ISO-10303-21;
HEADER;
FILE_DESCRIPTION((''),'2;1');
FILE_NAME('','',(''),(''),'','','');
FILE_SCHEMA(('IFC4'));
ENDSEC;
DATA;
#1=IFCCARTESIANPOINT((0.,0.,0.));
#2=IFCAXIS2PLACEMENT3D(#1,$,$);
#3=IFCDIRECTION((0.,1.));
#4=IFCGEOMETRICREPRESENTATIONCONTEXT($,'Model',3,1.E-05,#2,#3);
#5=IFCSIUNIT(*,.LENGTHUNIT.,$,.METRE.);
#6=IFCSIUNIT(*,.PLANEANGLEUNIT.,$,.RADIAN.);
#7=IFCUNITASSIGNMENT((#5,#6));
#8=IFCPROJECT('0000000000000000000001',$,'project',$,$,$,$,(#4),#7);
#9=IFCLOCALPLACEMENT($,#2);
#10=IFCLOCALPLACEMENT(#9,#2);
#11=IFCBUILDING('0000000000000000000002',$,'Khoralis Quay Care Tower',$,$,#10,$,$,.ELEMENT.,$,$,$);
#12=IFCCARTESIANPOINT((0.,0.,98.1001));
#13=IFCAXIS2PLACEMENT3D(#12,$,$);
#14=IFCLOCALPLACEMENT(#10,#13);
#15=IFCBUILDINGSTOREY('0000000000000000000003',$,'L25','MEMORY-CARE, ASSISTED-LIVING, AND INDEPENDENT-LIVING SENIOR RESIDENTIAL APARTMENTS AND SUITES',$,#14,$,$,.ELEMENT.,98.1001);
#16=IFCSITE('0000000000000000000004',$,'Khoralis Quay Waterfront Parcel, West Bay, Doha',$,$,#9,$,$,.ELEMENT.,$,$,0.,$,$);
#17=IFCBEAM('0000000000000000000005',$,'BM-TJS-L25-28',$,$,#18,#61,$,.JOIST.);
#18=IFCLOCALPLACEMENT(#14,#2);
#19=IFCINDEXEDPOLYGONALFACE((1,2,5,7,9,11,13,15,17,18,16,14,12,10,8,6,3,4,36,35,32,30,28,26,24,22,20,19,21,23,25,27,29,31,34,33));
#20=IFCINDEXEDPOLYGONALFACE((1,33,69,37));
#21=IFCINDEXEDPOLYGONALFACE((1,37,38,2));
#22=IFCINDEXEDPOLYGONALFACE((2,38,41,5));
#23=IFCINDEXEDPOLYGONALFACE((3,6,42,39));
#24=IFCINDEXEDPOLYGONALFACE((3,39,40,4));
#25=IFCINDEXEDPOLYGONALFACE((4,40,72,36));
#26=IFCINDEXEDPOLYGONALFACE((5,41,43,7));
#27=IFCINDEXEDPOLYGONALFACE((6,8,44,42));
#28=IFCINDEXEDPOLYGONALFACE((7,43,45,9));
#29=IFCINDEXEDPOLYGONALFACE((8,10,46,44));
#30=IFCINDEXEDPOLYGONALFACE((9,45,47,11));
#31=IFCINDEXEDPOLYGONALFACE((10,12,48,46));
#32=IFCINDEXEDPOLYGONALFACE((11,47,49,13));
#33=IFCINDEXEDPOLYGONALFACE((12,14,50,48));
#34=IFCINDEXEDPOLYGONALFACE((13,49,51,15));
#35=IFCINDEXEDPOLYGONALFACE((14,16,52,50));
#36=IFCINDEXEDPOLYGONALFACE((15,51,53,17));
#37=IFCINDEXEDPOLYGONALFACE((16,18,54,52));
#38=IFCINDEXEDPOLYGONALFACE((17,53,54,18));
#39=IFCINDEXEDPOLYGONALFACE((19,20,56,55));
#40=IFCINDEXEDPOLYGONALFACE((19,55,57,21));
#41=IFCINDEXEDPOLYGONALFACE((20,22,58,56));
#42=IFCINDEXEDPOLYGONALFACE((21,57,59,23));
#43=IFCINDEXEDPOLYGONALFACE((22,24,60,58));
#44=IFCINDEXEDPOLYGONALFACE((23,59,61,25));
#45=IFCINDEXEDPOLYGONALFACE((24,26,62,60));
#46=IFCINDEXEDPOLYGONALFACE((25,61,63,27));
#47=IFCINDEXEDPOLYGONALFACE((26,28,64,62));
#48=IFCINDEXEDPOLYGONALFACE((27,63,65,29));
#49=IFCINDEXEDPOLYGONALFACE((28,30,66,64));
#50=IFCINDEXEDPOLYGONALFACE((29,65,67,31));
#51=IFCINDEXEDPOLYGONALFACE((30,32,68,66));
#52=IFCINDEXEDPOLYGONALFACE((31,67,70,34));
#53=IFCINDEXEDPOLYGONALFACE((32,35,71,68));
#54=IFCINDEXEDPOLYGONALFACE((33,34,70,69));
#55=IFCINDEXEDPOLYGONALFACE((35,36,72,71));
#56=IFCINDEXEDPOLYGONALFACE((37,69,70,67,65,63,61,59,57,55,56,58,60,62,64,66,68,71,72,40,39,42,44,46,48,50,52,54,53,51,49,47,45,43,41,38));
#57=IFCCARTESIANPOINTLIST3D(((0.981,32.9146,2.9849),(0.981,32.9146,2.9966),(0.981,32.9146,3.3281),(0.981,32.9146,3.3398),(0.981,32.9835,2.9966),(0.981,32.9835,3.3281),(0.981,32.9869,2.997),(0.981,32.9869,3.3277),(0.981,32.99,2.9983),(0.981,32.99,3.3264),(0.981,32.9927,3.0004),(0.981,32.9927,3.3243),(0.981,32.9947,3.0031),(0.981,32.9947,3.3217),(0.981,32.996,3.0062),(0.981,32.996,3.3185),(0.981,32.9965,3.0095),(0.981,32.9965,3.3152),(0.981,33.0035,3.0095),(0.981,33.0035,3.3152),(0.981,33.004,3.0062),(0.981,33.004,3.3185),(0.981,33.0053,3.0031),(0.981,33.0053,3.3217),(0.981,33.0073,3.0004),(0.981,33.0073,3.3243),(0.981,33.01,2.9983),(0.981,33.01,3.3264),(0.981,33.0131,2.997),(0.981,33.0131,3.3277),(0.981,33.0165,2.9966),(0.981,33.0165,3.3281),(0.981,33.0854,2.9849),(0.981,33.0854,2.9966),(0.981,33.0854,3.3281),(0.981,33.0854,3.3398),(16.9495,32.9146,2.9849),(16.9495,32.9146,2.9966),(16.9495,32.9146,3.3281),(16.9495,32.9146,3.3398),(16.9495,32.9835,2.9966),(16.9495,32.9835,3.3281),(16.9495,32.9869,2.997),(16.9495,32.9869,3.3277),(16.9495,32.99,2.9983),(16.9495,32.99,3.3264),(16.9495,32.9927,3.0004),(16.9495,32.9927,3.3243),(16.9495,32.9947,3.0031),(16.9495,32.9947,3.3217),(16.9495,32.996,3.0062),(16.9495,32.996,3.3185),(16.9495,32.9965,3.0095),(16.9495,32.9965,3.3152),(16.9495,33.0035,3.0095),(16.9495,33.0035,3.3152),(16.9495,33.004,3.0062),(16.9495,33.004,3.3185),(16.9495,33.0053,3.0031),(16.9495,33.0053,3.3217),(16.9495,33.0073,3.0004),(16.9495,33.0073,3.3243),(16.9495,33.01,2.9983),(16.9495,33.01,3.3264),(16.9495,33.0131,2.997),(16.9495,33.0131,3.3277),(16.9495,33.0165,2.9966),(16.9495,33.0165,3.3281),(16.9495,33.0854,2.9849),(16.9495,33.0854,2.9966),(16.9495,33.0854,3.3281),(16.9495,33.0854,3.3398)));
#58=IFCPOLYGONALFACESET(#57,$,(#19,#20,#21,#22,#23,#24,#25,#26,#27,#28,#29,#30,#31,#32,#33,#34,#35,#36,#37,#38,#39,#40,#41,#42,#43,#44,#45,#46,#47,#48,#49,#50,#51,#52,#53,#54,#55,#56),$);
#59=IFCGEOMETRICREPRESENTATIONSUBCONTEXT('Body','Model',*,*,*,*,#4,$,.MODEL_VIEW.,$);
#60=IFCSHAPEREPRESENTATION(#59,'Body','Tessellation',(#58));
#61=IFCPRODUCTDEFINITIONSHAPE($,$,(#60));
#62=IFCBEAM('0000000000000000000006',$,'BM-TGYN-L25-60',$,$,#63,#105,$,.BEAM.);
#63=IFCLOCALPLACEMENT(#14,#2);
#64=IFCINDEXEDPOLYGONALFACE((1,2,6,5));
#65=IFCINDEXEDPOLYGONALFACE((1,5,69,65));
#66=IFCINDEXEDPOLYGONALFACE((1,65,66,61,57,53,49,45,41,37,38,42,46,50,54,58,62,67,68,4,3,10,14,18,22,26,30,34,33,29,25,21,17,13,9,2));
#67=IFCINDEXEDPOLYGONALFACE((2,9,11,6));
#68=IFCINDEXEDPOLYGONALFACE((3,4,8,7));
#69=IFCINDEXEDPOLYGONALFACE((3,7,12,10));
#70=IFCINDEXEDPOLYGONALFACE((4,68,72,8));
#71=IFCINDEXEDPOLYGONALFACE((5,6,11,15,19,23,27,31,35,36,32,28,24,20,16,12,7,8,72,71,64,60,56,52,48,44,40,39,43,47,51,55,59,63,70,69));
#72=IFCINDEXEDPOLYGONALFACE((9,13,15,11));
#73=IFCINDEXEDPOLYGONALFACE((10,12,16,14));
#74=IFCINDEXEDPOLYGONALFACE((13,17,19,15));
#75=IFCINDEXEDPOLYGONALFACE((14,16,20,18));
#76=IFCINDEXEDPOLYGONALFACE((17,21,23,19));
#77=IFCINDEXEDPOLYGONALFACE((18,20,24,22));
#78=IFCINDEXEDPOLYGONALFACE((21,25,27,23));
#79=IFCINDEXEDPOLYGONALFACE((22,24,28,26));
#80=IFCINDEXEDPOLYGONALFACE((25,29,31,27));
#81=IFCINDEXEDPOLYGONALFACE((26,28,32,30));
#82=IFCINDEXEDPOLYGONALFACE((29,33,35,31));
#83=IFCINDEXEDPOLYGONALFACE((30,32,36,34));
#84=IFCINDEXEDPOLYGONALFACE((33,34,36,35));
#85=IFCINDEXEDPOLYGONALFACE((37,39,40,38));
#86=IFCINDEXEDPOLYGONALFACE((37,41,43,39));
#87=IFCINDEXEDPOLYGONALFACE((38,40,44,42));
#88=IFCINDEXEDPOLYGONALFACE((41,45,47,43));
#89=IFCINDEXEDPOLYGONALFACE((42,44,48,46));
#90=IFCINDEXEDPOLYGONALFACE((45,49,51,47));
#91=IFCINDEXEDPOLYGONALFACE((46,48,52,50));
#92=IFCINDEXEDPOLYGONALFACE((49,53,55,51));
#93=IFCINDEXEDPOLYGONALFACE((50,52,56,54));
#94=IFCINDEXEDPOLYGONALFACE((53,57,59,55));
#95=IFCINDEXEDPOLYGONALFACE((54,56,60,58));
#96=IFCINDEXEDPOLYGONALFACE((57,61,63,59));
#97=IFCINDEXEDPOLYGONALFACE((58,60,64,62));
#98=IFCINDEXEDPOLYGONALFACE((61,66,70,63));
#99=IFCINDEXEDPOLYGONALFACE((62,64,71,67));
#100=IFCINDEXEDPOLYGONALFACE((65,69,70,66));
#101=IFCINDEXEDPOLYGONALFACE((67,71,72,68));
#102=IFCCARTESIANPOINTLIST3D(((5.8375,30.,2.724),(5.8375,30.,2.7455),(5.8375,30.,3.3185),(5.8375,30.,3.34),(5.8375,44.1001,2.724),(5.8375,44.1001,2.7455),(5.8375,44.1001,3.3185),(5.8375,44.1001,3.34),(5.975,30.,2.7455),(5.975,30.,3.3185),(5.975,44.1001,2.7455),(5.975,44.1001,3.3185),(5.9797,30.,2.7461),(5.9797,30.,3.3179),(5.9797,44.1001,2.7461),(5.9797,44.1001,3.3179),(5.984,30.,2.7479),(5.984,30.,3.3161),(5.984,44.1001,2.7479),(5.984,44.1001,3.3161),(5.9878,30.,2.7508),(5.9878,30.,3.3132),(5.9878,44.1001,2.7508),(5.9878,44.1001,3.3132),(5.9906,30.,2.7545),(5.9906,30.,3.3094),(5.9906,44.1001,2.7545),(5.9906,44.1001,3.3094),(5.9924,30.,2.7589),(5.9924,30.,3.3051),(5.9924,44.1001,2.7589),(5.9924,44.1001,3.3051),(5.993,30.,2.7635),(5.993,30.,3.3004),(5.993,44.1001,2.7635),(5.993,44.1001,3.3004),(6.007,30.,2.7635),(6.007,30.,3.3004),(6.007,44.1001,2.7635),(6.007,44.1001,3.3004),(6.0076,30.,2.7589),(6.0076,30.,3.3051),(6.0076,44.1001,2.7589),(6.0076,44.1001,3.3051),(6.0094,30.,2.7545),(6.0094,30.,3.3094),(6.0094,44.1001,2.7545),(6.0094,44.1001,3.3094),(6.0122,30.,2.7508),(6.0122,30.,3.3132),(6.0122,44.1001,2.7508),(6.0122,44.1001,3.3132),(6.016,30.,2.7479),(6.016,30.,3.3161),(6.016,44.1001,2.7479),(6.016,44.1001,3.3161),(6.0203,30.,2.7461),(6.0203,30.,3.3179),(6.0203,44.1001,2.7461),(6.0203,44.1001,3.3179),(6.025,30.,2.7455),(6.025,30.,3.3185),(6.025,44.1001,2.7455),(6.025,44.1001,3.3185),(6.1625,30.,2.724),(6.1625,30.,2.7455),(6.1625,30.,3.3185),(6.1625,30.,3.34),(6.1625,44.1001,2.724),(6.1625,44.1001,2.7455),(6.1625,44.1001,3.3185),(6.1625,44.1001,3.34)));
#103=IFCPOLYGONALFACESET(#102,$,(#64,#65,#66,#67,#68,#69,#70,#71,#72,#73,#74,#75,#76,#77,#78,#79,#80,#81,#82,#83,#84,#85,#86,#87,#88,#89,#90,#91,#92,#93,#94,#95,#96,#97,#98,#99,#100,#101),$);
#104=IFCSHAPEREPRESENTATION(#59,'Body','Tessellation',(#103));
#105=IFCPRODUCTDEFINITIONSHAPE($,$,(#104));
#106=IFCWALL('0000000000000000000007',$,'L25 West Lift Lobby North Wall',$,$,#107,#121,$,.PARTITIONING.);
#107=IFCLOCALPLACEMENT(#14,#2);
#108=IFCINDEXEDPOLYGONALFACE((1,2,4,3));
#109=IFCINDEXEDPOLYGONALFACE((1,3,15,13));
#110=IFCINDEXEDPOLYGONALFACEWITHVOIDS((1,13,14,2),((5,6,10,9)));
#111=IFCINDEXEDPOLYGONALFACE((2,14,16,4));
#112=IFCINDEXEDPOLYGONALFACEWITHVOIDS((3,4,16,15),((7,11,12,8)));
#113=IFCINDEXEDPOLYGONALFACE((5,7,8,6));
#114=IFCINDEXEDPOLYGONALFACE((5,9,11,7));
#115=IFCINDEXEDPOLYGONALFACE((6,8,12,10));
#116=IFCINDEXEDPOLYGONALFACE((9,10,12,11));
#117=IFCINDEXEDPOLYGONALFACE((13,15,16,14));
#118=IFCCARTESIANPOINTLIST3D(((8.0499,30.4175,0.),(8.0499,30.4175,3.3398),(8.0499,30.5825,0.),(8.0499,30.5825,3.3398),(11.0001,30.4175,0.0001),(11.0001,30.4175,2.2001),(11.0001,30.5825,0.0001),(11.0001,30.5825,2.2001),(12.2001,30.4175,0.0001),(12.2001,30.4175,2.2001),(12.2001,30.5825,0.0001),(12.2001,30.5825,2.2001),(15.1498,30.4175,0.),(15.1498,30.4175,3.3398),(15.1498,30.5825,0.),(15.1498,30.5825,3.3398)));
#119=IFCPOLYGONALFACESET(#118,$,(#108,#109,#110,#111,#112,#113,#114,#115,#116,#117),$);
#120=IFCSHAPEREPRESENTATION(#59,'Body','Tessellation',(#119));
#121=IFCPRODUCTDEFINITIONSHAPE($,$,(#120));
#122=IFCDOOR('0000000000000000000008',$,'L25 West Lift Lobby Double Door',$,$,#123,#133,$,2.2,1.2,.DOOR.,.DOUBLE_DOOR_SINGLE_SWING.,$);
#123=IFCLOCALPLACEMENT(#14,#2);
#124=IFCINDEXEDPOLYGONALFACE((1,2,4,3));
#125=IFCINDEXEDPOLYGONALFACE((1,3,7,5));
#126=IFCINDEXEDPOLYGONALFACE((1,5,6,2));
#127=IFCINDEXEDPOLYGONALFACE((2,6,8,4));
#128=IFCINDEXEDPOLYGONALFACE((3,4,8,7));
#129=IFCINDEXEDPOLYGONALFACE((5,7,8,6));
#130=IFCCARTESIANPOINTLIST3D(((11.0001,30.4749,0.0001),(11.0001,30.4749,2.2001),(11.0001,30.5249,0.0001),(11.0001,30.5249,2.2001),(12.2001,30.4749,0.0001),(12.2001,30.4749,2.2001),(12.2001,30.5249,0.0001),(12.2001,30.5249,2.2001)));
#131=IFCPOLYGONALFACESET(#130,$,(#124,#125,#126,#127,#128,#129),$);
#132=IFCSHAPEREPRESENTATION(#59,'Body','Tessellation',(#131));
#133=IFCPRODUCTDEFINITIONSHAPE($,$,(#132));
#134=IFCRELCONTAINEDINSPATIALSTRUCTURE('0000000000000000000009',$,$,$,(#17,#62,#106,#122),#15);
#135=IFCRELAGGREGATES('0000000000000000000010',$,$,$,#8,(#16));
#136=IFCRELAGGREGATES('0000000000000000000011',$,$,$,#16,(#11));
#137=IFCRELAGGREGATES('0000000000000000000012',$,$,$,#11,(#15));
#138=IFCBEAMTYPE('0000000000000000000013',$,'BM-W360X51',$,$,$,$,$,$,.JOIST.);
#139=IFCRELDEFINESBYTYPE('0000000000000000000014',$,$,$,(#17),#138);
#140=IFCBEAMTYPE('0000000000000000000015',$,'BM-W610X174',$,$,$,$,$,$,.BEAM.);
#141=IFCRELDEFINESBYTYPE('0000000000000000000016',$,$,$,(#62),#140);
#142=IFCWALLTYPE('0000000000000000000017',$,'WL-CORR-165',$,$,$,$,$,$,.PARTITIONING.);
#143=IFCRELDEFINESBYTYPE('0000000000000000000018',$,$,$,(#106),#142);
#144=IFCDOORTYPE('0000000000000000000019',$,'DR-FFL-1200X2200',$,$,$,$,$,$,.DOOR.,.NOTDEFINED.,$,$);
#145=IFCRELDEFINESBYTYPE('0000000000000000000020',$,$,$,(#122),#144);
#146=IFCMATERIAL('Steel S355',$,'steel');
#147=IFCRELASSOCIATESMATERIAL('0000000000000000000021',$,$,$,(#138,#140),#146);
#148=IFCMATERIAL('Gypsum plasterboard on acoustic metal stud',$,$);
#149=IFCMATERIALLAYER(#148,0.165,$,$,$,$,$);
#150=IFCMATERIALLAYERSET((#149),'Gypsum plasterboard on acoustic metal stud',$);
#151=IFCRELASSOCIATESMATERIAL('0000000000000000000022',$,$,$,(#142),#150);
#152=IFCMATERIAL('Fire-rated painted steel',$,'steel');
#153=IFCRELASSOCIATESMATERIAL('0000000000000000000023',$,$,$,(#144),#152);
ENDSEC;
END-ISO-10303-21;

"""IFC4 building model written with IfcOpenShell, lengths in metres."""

from ifc_helpers import new_model, si_unit, direction, frame, frame_2d, origin, origin_2d, place, context, subcontext, project, spatial, rectangle, i_section, extrude, source, transform, mapped, material, layer, layer_set, material_profile, profile_set, type_object, element, fill, save


model = new_model("IFC4")

# Units and contexts
model_context = context("Model", 3, precision=1e-05, world=origin(), true_north=direction((0.0, 1.0)))
body_context = subcontext(model_context, "Body", "Model", "MODEL_VIEW")
ifc_project = project(units=[si_unit("LENGTHUNIT", "METRE"), si_unit("PLANEANGLEUNIT", "RADIAN")], contexts=[model_context])

# Site, building, storey
site_placement = place(None, origin())
site = spatial("IfcSite", under=ifc_project, at=site_placement, Name="Khoralis Quay Waterfront Parcel, West Bay, Doha", CompositionType="ELEMENT", RefElevation=0.0)
building_placement = place(site_placement, origin())
building = spatial("IfcBuilding", under=site, at=building_placement, Name="Khoralis Quay Care Tower", CompositionType="ELEMENT")
storey_placement = place(building_placement, frame((0.0, 0.0, 98.1001)))
storey = spatial("IfcBuildingStorey", under=building, at=storey_placement, Name="L25", Description="MEMORY-CARE, ASSISTED-LIVING, AND INDEPENDENT-LIVING SENIOR RESIDENTIAL APARTMENTS AND SUITES", CompositionType="ELEMENT", Elevation=98.1001)

# Beams
ifc_material_1 = material(Name="Steel S355", Category="steel")
ifc_material_profile_1 = material_profile(ifc_material_1, i_section(OverallWidth=0.1709, OverallDepth=0.355, WebThickness=0.0071, FlangeThickness=0.0117, FilletRadius=0.0129, at=origin_2d()), Name="Steel S355")
ifc_profile_set_1 = profile_set([ifc_material_profile_1], Name="Steel S355")
beam_type_1 = type_object("IfcBeamType", Name="BM-W360X51", PredefinedType="JOIST", material=ifc_profile_set_1)
shared_shape_1 = source(origin(), body_context, "Body", "SweptSolid", [
    extrude(i_section(OverallWidth=0.1709, OverallDepth=0.355, WebThickness=0.0071, FlangeThickness=0.0117, FilletRadius=0.0129, at=origin_2d()), origin(), (0.0, 0.0, 1.0), 15.9685),
])
beam_1_placement = place(storey_placement, frame((0.981, 33.0, 3.1624), z_axis=(1.0, 0.0, 0.0), x_axis=(0.0, 1.0, 0.0)))
element("IfcBeam", 1, at=beam_1_placement, inside=storey, type_object=beam_type_1, Name="BM-TJS-L25-28", PredefinedType="JOIST", context=body_context, shape_type="MappedRepresentation", body=[
    mapped(shared_shape_1, transform((0.0, 0.0, 0.0), scale=1.0)),
])
ifc_material_profile_2 = material_profile(ifc_material_1, i_section(OverallWidth=0.325, OverallDepth=0.616, WebThickness=0.0139, FlangeThickness=0.0215, FilletRadius=0.0181, at=origin_2d()), Name="Steel S355")
ifc_profile_set_2 = profile_set([ifc_material_profile_2], Name="Steel S355")
beam_type_2 = type_object("IfcBeamType", Name="BM-W610X174", PredefinedType="BEAM", material=ifc_profile_set_2)
shared_shape_2 = source(origin(), body_context, "Body", "SweptSolid", [
    extrude(i_section(OverallWidth=0.325, OverallDepth=0.616, WebThickness=0.0139, FlangeThickness=0.0215, FilletRadius=0.0181, at=origin_2d()), origin(), (0.0, 0.0, 1.0), 14.1001),
])
beam_2_placement = place(storey_placement, frame((6.0, 30.0, 3.032), z_axis=(0.0, 1.0, 0.0), x_axis=(-1.0, 0.0, 0.0)))
element("IfcBeam", 2, at=beam_2_placement, inside=storey, type_object=beam_type_2, Name="BM-TGYN-L25-60", PredefinedType="BEAM", context=body_context, shape_type="MappedRepresentation", body=[
    mapped(shared_shape_2, transform((0.0, 0.0, 0.0), scale=1.0)),
])

# Wall, opening, door
ifc_material_2 = material(Name="Gypsum plasterboard on acoustic metal stud")
ifc_layer_1 = layer(ifc_material_2, 0.165)
ifc_layer_set_1 = layer_set([ifc_layer_1], Name="Gypsum plasterboard on acoustic metal stud")
wall_type_1 = type_object("IfcWallType", Name="WL-CORR-165", PredefinedType="PARTITIONING", material=ifc_layer_set_1)
wall_1_placement = place(storey_placement, frame((8.05, 30.5, 0.0), z_axis=(0.0, 0.0, 1.0), x_axis=(1.0, 0.0, 0.0)))
wall_1 = element("IfcWall", 3, at=wall_1_placement, inside=storey, type_object=wall_type_1, Name="L25 West Lift Lobby North Wall", PredefinedType="PARTITIONING", context=body_context, shape_type="SweptSolid", body=[
    extrude(rectangle(XDim=7.0999, YDim=0.165, at=frame_2d((3.5498, 0.0))), origin(), (0.0, 0.0, 1.0), 3.3398),
])
opening_1_placement = place(wall_1_placement, frame((2.95, 0.0, 0.0)))
opening_1 = element("IfcOpeningElement", 4, at=opening_1_placement, cuts=wall_1, PredefinedType="OPENING", context=body_context, shape_type="SweptSolid", body=[
    extrude(rectangle(XDim=1.2, YDim=2.2, at=frame_2d((0.6001, 1.1001))), frame((0.0, 0.0925, 0.0), z_axis=(0.0, -1.0, 0.0), x_axis=(1.0, 0.0, 0.0)), (0.0, 0.0, 1.0), 0.1851),
])
ifc_material_3 = material(Name="Fire-rated painted steel", Category="steel")
door_type_1 = type_object("IfcDoorType", Name="DR-FFL-1200X2200", OperationType="NOTDEFINED", PredefinedType="DOOR", material=ifc_material_3)
shared_shape_3 = source(origin(), body_context, "Body", "SweptSolid", [
    extrude(rectangle(XDim=1.2, YDim=2.2, at=frame_2d((0.6001, 1.1001))), frame((0.0, 0.0249, 0.0), z_axis=(0.0, -1.0, 0.0), x_axis=(1.0, 0.0, 0.0)), (0.0, 0.0, 1.0), 0.05),
])
door_1_placement = place(opening_1_placement, origin())
door_1 = element("IfcDoor", 5, at=door_1_placement, inside=storey, type_object=door_type_1, Name="L25 West Lift Lobby Double Door", OperationType="DOUBLE_DOOR_SINGLE_SWING", OverallHeight=2.2, OverallWidth=1.2, PredefinedType="DOOR", context=body_context, shape_type="MappedRepresentation", body=[
    mapped(shared_shape_3, transform((0.0, 0.0, 0.0), scale=1.0)),
])
fill(opening_1, door_1)

save(model, "model.ifc")
